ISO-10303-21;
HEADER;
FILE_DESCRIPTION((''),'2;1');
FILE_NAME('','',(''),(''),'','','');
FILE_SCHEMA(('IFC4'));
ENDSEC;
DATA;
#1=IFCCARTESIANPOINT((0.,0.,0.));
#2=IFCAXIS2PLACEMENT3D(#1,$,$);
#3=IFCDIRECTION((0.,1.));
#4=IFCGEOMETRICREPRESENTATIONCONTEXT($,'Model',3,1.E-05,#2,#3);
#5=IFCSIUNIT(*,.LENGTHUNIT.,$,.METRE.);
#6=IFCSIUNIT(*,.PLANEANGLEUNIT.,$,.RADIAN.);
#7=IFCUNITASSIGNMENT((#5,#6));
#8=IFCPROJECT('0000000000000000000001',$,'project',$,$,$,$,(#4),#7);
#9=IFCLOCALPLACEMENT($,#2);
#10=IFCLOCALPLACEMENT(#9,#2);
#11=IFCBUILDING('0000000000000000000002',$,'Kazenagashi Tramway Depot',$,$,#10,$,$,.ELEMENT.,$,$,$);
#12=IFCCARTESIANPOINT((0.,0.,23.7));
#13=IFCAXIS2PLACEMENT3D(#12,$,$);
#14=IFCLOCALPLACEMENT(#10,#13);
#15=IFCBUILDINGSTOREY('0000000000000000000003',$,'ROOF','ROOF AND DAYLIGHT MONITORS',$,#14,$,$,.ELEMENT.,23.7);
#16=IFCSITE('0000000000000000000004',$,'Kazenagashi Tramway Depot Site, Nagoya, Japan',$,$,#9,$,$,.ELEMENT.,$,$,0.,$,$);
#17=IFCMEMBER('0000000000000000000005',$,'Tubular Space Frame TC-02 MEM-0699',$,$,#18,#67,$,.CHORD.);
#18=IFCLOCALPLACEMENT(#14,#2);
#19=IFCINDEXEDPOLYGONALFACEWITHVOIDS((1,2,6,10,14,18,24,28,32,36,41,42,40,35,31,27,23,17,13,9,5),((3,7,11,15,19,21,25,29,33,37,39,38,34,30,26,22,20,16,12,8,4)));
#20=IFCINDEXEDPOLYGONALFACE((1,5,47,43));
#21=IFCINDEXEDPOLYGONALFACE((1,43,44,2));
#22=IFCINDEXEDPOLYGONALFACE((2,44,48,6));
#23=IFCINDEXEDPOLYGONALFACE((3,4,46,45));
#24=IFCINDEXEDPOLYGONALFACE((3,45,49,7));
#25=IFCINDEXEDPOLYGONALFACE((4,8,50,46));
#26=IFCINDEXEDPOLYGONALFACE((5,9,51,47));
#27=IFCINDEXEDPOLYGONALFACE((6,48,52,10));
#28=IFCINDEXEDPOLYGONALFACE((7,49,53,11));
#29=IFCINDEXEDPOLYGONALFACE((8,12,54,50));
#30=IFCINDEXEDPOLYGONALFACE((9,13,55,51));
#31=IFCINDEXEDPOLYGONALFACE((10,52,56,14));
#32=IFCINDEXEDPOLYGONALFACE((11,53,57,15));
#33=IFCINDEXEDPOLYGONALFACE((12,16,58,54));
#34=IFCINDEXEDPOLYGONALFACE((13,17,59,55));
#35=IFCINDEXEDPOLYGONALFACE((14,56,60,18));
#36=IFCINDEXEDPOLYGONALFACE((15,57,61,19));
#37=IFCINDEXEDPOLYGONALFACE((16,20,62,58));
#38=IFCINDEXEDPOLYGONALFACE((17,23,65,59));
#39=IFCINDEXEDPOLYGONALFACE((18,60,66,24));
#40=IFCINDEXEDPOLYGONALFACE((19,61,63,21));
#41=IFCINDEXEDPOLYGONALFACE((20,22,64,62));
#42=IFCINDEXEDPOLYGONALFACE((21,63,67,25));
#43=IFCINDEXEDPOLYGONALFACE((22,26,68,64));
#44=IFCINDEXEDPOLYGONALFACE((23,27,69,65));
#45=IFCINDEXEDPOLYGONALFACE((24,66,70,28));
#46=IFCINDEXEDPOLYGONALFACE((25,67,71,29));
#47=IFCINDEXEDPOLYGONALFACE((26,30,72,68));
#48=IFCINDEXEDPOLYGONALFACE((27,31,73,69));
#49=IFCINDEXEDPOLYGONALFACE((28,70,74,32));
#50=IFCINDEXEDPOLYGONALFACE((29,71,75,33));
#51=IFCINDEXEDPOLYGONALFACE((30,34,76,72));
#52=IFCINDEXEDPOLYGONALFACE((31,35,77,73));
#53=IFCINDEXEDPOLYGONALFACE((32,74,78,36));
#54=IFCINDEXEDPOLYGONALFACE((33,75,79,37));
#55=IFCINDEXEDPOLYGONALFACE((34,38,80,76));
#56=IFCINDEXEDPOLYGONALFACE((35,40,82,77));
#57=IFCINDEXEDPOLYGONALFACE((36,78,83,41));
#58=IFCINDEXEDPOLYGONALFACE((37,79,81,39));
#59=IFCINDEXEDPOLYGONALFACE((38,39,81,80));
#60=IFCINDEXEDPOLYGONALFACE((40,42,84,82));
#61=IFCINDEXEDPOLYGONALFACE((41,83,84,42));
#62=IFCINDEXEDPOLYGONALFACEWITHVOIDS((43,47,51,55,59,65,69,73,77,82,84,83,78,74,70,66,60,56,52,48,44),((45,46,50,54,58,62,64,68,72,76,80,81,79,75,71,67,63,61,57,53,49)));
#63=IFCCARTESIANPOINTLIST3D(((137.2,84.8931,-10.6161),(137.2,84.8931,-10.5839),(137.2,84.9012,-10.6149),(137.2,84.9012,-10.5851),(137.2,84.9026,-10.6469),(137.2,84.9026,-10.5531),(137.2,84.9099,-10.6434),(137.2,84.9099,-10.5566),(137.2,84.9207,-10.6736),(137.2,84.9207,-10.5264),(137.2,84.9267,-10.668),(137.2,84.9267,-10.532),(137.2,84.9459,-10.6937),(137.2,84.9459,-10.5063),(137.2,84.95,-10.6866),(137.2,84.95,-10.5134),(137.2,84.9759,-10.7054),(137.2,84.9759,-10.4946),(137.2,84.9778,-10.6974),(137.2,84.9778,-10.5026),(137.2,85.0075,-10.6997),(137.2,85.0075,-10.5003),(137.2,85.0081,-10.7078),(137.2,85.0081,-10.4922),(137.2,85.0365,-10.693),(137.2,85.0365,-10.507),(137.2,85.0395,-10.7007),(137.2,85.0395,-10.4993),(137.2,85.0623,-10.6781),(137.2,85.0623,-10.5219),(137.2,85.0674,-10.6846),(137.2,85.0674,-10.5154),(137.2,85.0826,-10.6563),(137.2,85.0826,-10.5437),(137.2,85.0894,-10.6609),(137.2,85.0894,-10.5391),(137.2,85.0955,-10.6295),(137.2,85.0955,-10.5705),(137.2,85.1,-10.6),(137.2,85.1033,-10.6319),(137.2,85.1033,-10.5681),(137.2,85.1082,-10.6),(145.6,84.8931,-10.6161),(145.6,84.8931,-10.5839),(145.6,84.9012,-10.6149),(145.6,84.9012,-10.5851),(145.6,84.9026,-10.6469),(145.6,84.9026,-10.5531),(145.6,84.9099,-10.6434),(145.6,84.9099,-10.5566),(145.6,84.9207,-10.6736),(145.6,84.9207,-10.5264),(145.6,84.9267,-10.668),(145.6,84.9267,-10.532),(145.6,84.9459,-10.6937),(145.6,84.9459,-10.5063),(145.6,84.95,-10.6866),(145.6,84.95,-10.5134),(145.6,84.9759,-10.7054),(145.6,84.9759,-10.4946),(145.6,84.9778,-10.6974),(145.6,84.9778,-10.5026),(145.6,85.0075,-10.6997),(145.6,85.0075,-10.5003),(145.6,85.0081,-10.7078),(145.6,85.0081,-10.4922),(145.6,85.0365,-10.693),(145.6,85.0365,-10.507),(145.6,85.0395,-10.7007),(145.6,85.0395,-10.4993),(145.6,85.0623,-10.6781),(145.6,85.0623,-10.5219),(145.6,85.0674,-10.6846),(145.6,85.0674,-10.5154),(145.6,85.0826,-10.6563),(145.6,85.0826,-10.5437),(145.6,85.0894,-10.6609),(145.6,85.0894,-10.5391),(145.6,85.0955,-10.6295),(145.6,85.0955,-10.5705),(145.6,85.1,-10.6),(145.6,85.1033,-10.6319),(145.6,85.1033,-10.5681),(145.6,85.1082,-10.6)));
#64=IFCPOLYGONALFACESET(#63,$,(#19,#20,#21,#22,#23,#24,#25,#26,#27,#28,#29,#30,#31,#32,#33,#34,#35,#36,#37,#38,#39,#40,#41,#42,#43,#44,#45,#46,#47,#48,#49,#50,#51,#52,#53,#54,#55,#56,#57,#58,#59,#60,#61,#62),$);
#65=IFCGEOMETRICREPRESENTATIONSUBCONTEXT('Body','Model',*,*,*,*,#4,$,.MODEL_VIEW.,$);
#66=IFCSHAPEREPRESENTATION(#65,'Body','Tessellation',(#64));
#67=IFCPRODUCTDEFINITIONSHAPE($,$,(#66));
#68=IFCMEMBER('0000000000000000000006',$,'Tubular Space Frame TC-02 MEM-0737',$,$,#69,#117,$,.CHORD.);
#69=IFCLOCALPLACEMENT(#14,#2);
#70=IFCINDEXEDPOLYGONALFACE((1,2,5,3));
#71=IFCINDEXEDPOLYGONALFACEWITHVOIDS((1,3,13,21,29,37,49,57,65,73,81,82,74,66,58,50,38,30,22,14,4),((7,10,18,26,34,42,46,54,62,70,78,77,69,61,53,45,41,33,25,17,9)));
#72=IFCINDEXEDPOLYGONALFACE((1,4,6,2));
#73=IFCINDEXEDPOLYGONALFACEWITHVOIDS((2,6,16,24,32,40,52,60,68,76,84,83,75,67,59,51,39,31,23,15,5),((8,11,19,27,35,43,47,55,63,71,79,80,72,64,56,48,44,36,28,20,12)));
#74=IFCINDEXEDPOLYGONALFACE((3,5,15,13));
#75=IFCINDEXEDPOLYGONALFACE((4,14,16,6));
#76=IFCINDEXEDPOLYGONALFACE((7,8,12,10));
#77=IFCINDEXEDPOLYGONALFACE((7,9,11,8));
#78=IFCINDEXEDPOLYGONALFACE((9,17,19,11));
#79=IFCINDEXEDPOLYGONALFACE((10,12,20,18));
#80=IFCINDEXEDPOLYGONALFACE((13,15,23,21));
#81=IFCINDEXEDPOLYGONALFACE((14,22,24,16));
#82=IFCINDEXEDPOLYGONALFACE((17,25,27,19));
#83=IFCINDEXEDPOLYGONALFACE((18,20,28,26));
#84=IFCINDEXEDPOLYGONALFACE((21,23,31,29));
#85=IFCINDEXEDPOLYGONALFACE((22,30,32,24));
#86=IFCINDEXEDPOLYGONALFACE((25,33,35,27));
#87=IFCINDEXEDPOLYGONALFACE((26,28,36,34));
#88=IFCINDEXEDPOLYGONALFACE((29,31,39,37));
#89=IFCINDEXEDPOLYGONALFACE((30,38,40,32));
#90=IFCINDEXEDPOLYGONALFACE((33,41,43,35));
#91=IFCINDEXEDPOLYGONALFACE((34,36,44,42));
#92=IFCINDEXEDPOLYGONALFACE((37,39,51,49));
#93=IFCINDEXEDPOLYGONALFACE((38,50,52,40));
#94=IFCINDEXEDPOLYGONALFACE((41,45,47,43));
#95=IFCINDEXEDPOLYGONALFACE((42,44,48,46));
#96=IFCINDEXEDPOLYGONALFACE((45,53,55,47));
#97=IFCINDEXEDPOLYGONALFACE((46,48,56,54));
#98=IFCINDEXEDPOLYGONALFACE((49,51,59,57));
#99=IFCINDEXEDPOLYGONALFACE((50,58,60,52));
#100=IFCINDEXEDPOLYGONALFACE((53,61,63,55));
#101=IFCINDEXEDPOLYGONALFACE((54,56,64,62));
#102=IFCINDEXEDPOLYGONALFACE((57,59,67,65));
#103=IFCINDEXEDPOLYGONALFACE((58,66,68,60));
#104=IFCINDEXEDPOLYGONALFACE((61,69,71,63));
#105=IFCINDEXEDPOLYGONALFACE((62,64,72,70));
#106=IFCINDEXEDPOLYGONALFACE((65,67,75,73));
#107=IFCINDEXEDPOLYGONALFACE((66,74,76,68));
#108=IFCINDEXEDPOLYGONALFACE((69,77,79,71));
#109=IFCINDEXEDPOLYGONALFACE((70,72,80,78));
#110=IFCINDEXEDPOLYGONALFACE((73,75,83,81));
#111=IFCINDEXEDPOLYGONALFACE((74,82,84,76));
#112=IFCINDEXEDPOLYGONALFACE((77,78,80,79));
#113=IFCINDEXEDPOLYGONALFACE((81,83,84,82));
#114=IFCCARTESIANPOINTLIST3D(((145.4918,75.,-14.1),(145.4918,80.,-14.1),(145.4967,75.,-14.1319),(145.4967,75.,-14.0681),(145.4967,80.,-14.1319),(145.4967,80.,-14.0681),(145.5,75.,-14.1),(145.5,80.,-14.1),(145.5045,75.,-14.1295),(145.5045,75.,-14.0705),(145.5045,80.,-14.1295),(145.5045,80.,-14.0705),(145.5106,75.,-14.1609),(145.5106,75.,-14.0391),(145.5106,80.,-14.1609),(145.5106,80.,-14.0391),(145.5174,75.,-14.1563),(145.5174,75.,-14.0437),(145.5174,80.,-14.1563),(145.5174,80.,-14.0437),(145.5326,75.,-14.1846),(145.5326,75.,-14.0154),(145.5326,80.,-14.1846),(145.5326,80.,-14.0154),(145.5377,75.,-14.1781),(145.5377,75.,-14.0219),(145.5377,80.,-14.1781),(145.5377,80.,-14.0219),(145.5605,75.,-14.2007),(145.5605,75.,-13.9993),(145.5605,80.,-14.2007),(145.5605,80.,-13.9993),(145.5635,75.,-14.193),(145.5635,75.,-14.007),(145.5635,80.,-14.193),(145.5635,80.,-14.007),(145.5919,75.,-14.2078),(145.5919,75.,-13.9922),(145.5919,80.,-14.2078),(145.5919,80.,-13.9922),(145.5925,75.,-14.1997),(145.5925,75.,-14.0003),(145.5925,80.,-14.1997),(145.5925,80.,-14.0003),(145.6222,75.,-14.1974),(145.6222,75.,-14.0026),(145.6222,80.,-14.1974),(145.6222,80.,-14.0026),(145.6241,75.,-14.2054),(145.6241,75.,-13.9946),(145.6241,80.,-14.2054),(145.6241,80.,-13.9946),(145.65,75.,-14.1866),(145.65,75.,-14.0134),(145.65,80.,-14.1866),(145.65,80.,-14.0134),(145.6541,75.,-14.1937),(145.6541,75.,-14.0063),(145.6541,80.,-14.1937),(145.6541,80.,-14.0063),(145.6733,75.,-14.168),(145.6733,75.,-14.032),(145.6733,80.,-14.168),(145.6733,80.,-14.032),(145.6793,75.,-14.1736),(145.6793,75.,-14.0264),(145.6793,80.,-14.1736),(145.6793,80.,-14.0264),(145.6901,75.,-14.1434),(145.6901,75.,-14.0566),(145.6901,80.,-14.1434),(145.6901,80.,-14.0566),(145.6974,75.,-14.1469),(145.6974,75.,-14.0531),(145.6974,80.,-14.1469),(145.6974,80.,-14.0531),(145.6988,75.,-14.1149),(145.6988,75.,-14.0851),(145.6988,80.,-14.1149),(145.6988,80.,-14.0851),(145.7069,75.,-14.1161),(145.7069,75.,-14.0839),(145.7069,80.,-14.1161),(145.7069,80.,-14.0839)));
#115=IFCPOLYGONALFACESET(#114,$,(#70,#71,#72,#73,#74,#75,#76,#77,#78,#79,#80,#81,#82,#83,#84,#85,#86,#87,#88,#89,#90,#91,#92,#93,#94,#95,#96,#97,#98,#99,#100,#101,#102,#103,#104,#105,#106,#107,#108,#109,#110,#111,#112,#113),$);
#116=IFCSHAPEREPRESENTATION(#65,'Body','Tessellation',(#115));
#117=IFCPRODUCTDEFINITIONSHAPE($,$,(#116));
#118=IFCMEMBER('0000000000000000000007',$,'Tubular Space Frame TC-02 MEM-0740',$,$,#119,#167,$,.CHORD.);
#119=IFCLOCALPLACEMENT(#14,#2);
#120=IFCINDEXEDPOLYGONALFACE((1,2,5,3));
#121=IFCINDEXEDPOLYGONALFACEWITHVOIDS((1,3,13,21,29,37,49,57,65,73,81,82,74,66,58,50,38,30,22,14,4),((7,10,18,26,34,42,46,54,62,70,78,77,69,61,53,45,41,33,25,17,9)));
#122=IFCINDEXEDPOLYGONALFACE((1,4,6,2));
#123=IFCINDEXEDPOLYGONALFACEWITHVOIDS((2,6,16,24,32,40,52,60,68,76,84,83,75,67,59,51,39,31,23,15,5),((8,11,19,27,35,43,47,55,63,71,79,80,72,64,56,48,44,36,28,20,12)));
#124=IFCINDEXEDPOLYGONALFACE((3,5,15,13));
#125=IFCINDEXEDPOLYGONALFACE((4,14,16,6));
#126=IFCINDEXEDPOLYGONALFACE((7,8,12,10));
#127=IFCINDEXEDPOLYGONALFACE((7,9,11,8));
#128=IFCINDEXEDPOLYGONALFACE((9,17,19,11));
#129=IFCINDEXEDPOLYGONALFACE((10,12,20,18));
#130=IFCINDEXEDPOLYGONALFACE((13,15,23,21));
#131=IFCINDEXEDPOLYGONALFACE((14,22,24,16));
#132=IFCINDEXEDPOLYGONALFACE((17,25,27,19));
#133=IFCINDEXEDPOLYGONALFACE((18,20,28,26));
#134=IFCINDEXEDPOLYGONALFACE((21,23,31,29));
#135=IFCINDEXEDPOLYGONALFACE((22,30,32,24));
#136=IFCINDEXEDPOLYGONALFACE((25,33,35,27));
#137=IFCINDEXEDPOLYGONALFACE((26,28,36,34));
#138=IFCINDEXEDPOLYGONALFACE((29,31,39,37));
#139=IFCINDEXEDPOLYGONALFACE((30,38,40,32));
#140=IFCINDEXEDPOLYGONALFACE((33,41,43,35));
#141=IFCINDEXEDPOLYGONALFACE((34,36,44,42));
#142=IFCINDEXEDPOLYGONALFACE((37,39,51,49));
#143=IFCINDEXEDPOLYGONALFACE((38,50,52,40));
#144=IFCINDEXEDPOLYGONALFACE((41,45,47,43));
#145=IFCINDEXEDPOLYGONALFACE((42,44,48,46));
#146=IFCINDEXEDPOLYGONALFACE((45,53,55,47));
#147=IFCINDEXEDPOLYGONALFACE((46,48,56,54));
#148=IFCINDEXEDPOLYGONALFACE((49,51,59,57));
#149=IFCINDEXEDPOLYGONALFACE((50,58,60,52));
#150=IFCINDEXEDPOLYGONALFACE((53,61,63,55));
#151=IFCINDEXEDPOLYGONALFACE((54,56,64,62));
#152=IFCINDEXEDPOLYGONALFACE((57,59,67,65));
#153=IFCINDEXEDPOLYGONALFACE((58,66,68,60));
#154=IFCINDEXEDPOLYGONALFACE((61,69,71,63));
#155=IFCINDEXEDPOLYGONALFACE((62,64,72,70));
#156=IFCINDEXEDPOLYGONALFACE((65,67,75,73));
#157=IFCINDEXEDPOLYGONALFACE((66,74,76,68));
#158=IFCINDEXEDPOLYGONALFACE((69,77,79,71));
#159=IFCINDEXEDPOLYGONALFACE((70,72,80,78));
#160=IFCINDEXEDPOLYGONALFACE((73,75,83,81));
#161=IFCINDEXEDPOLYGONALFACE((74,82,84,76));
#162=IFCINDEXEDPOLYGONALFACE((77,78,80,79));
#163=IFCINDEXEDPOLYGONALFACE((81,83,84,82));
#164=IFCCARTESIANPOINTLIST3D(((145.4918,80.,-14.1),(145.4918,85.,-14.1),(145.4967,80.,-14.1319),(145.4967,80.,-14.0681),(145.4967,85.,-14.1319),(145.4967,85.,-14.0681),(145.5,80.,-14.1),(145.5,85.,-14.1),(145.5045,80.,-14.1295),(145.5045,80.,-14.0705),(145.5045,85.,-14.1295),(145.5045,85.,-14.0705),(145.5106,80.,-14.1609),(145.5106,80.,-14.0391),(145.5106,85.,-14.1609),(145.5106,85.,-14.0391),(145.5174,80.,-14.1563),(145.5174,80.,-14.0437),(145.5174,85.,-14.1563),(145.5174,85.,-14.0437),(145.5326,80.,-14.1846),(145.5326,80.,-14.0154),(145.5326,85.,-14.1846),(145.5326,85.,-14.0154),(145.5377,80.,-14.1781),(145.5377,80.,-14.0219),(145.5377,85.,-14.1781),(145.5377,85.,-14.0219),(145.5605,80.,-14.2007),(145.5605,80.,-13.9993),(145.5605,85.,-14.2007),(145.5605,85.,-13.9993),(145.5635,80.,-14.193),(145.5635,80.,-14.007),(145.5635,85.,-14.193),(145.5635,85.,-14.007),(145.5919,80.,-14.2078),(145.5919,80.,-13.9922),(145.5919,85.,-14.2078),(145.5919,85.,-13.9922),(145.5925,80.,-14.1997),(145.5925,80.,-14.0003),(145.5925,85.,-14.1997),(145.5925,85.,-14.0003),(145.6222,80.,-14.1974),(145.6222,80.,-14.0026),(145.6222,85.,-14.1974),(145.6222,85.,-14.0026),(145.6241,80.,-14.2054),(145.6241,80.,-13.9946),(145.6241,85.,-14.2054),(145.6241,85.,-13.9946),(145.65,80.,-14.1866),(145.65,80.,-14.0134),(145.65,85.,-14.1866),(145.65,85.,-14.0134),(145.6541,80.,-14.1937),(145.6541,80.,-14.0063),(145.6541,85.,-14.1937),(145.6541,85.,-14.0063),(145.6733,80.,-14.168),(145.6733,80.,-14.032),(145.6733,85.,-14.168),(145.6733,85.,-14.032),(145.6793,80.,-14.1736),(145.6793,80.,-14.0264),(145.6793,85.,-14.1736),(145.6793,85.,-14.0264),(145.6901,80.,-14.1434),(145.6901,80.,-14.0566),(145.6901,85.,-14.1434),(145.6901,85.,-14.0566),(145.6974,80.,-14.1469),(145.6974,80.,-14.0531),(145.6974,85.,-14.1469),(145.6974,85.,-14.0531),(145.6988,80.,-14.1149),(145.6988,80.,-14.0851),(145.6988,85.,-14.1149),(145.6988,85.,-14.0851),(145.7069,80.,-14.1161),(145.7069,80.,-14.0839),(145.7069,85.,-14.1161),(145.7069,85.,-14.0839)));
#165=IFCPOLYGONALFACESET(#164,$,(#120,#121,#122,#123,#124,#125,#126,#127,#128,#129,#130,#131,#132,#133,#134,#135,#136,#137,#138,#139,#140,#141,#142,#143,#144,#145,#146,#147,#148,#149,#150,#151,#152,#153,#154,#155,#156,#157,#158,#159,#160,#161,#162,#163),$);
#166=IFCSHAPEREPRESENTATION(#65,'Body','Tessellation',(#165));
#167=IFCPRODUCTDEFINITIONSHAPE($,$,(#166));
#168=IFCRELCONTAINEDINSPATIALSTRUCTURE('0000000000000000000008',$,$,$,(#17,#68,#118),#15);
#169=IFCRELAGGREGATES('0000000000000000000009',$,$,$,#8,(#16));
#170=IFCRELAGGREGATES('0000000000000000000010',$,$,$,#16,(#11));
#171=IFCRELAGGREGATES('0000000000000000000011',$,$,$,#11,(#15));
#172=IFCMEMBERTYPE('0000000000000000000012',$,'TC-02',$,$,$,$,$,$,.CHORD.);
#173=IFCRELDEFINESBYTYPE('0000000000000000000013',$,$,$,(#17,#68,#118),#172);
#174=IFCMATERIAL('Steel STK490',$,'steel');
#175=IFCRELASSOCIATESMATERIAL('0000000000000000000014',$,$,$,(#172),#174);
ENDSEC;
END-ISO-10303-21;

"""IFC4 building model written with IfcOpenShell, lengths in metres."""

from ifc_helpers import new_model, si_unit, direction, frame, origin, origin_2d, place, context, subcontext, project, spatial, hollow_circle, extrude, material, material_profile, profile_set, type_object, element, save


model = new_model("IFC4")

# Units and contexts
model_context = context("Model", 3, precision=1e-05, world=origin(), true_north=direction((0.0, 1.0)))
body_context = subcontext(model_context, "Body", "Model", "MODEL_VIEW")
ifc_project = project(units=[si_unit("LENGTHUNIT", "METRE"), si_unit("PLANEANGLEUNIT", "RADIAN")], contexts=[model_context])

# Site, building, storey
site_placement = place(None, origin())
site = spatial("IfcSite", under=ifc_project, at=site_placement, Name="Kazenagashi Tramway Depot Site, Nagoya, Japan", CompositionType="ELEMENT", RefElevation=0.0)
building_placement = place(site_placement, origin())
building = spatial("IfcBuilding", under=site, at=building_placement, Name="Kazenagashi Tramway Depot", CompositionType="ELEMENT")
storey_placement = place(building_placement, frame((0.0, 0.0, 23.7)))
storey = spatial("IfcBuildingStorey", under=building, at=storey_placement, Name="ROOF", Description="ROOF AND DAYLIGHT MONITORS", CompositionType="ELEMENT", Elevation=23.7)

# Members
ifc_material_1 = material(Name="Steel STK490", Category="steel")
ifc_material_profile_1 = material_profile(ifc_material_1, hollow_circle(Radius=0.1081, WallThickness=0.0082, at=origin_2d()), Name="CHS-216.3x8.2")
ifc_profile_set_1 = profile_set([ifc_material_profile_1], Name="Steel STK490")
member_type_1 = type_object("IfcMemberType", Name="TC-02", PredefinedType="CHORD", material=ifc_profile_set_1)
for number, where, z_axis, x_axis, name in (
    (1, (137.2, 85.0, -10.6), (1.0, 0.0, 0.0), (0.0, 1.0, 0.0), "Tubular Space Frame TC-02 MEM-0699"),
):
    element("IfcMember", number, at=place(storey_placement, frame(where, z_axis=z_axis, x_axis=x_axis)), inside=storey, type_object=member_type_1, Name=name, PredefinedType="CHORD", context=body_context, shape_type="SweptSolid", body=[
        extrude(hollow_circle(Radius=0.1081, WallThickness=0.0082, at=origin_2d()), origin(), (0.0, 0.0, 1.0), 8.4),
    ])
for number, where, z_axis, x_axis, name in (
    (2, (145.6, 75.0, -14.1), (0.0, 1.0, 0.0), (-1.0, 0.0, 0.0), "Tubular Space Frame TC-02 MEM-0737"),
    (3, (145.6, 80.0, -14.1), (0.0, 1.0, 0.0), (-1.0, 0.0, 0.0), "Tubular Space Frame TC-02 MEM-0740"),
):
    element("IfcMember", number, at=place(storey_placement, frame(where, z_axis=z_axis, x_axis=x_axis)), inside=storey, type_object=member_type_1, Name=name, PredefinedType="CHORD", context=body_context, shape_type="SweptSolid", body=[
        extrude(hollow_circle(Radius=0.1081, WallThickness=0.0082, at=origin_2d()), origin(), (0.0, 0.0, 1.0), 5.0),
    ])

save(model, "model.ifc")
